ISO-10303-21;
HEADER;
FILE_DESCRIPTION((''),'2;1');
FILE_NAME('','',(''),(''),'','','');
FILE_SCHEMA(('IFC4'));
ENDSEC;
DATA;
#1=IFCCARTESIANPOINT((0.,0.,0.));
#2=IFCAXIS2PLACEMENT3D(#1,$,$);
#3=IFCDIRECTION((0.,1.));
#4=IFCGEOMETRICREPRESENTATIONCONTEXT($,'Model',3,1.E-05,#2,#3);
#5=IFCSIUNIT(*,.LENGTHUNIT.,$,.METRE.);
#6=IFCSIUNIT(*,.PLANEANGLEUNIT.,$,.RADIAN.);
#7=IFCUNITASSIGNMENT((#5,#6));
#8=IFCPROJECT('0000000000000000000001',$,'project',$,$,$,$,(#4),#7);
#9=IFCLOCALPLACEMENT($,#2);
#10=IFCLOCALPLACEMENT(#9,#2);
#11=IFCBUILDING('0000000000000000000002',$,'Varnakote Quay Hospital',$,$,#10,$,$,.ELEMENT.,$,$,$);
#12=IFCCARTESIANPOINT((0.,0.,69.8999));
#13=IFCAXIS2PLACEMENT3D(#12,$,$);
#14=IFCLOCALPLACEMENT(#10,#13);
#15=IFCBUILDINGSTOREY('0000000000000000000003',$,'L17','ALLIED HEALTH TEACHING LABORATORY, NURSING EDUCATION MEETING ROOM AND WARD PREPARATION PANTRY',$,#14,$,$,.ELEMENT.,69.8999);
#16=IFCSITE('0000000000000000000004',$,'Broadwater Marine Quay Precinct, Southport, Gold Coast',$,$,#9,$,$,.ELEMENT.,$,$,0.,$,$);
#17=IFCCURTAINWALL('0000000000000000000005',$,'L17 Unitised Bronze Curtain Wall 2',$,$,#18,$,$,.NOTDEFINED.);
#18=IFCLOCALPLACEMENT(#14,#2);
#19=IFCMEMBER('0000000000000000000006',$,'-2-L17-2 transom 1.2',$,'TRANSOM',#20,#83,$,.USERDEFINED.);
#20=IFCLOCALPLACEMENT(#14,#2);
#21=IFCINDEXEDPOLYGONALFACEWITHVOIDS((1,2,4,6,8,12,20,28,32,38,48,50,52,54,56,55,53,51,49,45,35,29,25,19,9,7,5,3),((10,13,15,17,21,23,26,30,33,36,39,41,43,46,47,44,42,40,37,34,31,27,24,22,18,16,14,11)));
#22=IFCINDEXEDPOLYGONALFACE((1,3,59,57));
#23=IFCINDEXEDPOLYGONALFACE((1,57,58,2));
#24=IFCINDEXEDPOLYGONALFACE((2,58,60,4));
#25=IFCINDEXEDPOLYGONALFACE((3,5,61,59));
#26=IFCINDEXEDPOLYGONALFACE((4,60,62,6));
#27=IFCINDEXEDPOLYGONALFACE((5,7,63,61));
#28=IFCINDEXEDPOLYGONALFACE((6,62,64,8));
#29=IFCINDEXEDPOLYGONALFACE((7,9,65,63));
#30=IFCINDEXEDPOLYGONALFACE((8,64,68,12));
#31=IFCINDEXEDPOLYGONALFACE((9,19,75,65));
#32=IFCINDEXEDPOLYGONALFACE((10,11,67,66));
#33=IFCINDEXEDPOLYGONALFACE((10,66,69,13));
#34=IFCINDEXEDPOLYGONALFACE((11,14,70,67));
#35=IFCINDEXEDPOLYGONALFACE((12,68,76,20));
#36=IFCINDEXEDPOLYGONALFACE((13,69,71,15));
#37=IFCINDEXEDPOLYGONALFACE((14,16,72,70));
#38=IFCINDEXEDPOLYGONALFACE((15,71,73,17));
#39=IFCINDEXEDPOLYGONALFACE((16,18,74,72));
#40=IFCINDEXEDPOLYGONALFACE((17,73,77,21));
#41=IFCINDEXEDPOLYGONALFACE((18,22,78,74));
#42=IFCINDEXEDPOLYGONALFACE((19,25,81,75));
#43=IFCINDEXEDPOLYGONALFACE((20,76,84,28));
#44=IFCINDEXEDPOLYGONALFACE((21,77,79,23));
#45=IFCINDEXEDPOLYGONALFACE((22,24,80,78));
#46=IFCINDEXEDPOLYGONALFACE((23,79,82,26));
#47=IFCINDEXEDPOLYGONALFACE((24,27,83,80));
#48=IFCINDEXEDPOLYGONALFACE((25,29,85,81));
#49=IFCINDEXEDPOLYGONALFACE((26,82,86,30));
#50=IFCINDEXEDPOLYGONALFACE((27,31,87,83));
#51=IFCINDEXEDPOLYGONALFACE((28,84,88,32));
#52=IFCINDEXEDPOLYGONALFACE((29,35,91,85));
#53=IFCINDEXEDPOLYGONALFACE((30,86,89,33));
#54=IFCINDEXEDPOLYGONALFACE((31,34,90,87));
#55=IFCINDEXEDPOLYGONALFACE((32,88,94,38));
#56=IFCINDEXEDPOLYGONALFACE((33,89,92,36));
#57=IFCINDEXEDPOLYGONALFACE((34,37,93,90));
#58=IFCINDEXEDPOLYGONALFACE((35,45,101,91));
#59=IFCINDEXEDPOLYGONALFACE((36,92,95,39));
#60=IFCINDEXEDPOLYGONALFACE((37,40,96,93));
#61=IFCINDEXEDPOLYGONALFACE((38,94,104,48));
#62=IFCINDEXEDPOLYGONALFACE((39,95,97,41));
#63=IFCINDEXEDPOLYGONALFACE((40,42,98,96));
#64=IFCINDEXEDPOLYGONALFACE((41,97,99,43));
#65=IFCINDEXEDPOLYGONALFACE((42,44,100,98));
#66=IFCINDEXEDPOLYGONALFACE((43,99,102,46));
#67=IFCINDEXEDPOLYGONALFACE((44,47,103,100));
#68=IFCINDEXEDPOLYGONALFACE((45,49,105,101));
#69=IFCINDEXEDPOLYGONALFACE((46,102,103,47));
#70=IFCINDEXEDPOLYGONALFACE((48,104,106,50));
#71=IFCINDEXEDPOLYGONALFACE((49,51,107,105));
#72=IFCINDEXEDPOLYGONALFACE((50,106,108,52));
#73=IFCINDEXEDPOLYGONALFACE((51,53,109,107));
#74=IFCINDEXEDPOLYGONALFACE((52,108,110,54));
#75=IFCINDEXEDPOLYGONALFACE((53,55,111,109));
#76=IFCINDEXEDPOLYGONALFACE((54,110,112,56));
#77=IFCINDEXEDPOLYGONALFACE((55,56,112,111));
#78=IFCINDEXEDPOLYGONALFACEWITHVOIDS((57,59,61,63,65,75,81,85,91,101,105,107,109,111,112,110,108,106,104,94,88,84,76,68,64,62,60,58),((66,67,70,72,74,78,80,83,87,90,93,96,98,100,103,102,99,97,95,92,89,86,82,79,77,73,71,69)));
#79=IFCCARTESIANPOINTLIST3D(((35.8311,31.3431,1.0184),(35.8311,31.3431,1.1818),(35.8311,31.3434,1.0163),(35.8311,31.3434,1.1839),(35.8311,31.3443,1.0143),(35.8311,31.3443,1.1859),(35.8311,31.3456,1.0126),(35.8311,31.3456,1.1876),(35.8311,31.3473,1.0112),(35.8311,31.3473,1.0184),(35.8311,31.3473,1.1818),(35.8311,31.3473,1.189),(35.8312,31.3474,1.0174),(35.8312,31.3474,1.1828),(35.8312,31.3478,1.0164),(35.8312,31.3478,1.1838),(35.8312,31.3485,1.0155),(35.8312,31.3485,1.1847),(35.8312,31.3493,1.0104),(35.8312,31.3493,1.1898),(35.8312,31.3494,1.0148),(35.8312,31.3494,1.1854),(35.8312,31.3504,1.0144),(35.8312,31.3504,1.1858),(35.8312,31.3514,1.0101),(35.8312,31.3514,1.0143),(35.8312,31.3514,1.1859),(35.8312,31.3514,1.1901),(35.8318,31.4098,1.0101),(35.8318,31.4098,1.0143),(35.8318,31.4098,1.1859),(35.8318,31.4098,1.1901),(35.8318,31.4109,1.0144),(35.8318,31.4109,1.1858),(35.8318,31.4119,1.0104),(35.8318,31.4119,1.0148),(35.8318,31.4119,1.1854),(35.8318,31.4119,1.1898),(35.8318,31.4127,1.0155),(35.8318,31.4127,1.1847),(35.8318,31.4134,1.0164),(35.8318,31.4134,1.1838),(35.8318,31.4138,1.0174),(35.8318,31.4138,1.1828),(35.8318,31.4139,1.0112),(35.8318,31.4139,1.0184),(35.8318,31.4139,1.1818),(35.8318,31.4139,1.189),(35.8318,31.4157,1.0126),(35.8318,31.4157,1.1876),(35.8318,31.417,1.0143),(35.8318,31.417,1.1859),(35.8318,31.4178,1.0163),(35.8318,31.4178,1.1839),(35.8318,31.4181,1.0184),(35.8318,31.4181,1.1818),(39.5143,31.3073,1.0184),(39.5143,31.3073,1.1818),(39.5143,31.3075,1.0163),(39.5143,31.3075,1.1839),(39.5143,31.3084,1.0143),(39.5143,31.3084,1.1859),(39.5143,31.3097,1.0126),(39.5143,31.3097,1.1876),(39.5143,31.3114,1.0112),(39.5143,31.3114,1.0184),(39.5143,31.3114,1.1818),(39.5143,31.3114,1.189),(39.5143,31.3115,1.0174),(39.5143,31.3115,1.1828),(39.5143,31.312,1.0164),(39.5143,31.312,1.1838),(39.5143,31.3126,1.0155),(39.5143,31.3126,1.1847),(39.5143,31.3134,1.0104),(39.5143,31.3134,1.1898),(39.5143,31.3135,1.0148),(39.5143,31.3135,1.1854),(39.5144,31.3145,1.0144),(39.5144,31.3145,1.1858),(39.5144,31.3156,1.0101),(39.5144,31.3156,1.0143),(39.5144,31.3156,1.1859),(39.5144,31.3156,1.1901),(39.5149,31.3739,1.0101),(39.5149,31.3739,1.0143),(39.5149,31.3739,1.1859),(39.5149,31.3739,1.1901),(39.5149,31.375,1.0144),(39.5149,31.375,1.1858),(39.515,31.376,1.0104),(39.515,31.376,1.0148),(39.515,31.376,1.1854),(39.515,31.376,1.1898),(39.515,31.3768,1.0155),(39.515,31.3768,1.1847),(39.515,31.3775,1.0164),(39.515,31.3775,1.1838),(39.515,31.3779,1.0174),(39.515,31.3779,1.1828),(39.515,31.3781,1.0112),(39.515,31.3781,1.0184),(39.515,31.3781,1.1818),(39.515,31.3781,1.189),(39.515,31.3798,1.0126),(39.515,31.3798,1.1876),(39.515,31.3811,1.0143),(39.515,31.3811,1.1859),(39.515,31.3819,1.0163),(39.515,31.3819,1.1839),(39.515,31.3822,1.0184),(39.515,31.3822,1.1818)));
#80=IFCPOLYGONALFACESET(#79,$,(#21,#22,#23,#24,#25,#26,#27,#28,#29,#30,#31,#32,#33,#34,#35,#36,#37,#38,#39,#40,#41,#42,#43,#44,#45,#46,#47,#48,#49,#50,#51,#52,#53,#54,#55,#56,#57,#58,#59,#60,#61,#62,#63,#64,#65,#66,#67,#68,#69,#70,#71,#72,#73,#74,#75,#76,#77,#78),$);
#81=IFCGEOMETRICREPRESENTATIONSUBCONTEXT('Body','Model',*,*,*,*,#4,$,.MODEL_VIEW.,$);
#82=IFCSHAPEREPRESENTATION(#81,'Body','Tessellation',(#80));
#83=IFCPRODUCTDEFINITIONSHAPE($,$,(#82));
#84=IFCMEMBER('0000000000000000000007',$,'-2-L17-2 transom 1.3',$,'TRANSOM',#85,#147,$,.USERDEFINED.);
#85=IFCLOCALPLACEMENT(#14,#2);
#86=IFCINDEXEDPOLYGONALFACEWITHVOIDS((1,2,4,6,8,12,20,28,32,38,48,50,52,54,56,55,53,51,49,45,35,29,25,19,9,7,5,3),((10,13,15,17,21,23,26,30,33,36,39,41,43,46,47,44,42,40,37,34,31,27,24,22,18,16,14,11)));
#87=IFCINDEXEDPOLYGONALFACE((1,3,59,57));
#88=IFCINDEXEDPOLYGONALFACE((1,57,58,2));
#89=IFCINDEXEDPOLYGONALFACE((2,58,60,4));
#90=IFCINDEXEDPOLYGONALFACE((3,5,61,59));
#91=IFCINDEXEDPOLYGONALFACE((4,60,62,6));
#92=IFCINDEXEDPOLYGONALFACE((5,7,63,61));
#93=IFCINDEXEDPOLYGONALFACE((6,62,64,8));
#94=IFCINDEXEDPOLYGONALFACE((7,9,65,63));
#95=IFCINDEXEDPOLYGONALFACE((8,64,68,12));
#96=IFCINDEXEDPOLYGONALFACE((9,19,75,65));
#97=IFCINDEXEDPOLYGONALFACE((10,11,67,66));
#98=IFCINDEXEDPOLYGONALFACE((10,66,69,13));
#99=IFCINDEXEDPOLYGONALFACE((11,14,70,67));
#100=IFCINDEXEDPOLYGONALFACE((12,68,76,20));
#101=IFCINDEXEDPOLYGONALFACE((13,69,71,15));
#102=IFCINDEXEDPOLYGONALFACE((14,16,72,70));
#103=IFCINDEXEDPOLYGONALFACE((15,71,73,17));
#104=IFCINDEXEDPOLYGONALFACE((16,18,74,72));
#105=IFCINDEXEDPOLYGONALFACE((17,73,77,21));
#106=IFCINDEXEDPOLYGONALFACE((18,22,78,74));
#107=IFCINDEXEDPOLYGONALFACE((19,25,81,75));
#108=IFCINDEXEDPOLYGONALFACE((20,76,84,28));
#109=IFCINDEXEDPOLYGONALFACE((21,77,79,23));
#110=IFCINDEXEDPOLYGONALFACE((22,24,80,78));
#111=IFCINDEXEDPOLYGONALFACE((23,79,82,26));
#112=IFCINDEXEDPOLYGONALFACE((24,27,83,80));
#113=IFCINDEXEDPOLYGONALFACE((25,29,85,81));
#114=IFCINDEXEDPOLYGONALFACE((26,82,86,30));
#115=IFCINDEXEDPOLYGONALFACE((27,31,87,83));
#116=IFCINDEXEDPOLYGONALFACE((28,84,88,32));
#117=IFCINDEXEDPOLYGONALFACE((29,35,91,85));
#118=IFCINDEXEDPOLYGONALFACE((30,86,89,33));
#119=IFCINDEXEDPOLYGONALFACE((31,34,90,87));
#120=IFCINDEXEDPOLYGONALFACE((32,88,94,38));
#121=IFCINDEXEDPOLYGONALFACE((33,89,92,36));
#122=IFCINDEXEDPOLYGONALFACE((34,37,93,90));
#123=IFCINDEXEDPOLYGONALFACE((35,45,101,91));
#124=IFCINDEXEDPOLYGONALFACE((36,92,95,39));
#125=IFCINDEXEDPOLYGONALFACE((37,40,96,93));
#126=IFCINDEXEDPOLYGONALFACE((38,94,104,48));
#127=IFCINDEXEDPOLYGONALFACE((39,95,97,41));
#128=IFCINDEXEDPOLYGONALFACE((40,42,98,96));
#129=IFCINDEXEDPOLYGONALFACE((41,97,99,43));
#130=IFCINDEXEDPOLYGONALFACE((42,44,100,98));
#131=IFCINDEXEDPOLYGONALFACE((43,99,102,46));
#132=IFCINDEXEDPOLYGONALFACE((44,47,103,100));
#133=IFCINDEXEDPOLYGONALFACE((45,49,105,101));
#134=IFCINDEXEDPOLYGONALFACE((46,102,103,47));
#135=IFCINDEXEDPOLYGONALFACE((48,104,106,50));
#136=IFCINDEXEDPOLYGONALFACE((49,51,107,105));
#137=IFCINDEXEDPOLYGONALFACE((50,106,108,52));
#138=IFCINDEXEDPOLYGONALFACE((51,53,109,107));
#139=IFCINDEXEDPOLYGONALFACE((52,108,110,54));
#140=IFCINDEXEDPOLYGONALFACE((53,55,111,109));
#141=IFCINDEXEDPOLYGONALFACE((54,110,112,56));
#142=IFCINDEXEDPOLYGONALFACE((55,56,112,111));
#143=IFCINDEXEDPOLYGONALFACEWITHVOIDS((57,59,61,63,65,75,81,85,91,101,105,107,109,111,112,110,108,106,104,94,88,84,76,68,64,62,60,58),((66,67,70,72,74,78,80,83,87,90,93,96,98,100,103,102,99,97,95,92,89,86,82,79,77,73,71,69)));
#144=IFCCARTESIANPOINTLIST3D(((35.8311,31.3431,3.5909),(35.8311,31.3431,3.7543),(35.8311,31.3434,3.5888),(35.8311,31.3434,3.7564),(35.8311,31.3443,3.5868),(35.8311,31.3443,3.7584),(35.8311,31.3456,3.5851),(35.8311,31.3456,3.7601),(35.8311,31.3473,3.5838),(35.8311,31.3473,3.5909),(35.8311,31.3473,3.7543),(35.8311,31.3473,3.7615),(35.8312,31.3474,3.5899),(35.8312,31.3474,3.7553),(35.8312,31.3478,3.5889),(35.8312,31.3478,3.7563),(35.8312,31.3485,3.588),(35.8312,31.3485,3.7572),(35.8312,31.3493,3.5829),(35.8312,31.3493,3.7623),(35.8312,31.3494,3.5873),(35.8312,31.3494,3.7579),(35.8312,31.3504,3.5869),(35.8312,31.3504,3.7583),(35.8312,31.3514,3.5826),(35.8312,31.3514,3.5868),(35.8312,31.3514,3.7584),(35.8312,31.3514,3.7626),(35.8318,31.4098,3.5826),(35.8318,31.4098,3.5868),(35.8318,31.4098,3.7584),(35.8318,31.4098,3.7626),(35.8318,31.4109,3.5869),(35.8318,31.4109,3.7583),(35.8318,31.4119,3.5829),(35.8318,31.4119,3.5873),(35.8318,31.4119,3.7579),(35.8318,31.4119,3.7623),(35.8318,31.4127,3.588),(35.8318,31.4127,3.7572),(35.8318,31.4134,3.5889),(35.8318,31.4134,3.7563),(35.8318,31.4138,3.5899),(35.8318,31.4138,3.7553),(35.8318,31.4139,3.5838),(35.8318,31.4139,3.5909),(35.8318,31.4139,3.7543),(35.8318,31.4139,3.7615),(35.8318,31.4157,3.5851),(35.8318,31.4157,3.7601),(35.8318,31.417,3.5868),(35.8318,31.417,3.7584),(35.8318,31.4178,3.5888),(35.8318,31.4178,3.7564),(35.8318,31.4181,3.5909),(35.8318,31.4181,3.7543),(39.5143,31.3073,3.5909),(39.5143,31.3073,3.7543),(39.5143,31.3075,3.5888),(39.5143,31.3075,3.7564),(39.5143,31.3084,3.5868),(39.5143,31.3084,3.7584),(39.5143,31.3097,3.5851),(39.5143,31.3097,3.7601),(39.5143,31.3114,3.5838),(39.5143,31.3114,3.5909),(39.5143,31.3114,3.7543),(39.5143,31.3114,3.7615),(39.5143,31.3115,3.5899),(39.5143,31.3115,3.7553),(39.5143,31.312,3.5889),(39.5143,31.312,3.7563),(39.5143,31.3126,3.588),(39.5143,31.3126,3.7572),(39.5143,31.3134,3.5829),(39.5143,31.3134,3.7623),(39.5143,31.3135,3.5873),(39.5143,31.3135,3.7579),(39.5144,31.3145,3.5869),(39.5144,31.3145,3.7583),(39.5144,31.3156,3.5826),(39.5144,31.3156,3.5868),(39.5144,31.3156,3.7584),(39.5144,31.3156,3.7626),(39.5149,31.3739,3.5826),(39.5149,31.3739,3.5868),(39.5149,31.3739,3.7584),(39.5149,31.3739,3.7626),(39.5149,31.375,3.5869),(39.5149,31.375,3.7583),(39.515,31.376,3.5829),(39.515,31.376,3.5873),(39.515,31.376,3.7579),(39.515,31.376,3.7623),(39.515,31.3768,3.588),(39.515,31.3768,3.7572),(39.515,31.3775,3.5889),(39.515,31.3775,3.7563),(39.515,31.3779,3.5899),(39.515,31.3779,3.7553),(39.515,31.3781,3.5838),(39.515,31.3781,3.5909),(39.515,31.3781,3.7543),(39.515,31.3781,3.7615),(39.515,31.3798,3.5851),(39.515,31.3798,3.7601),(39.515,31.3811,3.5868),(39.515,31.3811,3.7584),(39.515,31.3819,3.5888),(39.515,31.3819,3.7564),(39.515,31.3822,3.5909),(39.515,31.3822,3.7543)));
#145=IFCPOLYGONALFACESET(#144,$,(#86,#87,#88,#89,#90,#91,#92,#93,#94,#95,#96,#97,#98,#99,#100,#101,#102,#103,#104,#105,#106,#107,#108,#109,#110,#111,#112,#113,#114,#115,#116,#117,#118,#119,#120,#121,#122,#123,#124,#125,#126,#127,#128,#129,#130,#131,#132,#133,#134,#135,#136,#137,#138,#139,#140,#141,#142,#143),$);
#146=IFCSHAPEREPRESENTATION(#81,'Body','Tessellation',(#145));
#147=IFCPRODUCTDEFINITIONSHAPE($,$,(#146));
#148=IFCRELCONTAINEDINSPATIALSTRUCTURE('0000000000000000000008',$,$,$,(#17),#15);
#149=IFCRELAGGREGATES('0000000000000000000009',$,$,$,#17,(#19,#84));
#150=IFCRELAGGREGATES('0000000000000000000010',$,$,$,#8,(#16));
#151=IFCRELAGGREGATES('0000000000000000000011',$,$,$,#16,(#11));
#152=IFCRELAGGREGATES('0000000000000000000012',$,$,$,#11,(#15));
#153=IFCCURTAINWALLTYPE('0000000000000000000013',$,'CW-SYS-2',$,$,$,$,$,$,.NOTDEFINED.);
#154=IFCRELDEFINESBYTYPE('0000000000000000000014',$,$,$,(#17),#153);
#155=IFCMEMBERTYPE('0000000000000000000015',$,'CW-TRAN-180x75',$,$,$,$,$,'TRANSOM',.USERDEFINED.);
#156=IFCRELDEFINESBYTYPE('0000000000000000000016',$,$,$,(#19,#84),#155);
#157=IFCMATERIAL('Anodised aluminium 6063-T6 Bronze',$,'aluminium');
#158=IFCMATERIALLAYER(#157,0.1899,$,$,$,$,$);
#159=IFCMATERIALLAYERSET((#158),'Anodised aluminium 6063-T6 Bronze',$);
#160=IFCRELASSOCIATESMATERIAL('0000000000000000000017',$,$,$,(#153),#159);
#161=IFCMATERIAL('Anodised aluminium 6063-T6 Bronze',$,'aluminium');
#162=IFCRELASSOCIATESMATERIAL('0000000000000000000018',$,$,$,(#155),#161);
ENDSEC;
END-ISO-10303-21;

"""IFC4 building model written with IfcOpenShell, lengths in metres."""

from ifc_helpers import new_model, si_unit, direction, frame, origin, origin_2d, place, context, subcontext, project, spatial, hollow_rectangle, extrude, material, layer, layer_set, material_profile, profile_set, type_object, element, aggregate, save


model = new_model("IFC4")

# Units and contexts
model_context = context("Model", 3, precision=1e-05, world=origin(), true_north=direction((0.0, 1.0)))
body_context = subcontext(model_context, "Body", "Model", "MODEL_VIEW")
ifc_project = project(units=[si_unit("LENGTHUNIT", "METRE"), si_unit("PLANEANGLEUNIT", "RADIAN")], contexts=[model_context])

# Site, building, storey
site_placement = place(None, origin())
site = spatial("IfcSite", under=ifc_project, at=site_placement, Name="Broadwater Marine Quay Precinct, Southport, Gold Coast", CompositionType="ELEMENT", RefElevation=0.0)
building_placement = place(site_placement, origin())
building = spatial("IfcBuilding", under=site, at=building_placement, Name="Varnakote Quay Hospital", CompositionType="ELEMENT")
storey_placement = place(building_placement, frame((0.0, 0.0, 69.8999)))
storey = spatial("IfcBuildingStorey", under=building, at=storey_placement, Name="L17", Description="ALLIED HEALTH TEACHING LABORATORY, NURSING EDUCATION MEETING ROOM AND WARD PREPARATION PANTRY", CompositionType="ELEMENT", Elevation=69.8999)

# Shared definitions
ifc_material_1 = material(Name="Anodised aluminium 6063-T6 Bronze", Category="aluminium")
ifc_layer_1 = layer(ifc_material_1, 0.1899)
ifc_layer_set_1 = layer_set([ifc_layer_1], Name="Anodised aluminium 6063-T6 Bronze")
curtain_wall_type = type_object("IfcCurtainWallType", Name="CW-SYS-2", PredefinedType="NOTDEFINED", material=ifc_layer_set_1)

# Curtain wall, members
curtain_wall_1_placement = place(storey_placement, origin())
curtain_wall_1 = element("IfcCurtainWall", 1, at=curtain_wall_1_placement, inside=storey, type_object=curtain_wall_type, Name="L17 Unitised Bronze Curtain Wall 2", PredefinedType="NOTDEFINED")
ifc_material_2 = material(Name="Anodised aluminium 6063-T6 Bronze", Category="aluminium")
ifc_material_profile_1 = material_profile(ifc_material_2, hollow_rectangle(XDim=0.075, YDim=0.1799, WallThickness=0.0042, InnerFilletRadius=0.0042, OuterFilletRadius=0.0083, at=origin_2d()), Name="CW-TRAN-180x75")
ifc_profile_set_1 = profile_set([ifc_material_profile_1], Name="Anodised aluminium 6063-T6 Bronze")
member_type_1 = type_object("IfcMemberType", Name="CW-TRAN-180x75", ElementType="TRANSOM", PredefinedType="USERDEFINED", material=ifc_profile_set_1)
member_1_placement = place(storey_placement, frame((39.5146, 31.3447, 1.1001), z_axis=(-0.999953, 0.009744, 0.0), x_axis=(-0.009744, -0.999953, 0.0)))
member_1 = element("IfcMember", 2, at=member_1_placement, type_object=member_type_1, Name="-2-L17-2 transom 1.2", ObjectType="TRANSOM", PredefinedType="USERDEFINED", context=body_context, shape_type="SweptSolid", body=[
    extrude(hollow_rectangle(XDim=0.075, YDim=0.1799, WallThickness=0.0042, InnerFilletRadius=0.0042, OuterFilletRadius=0.0083, at=origin_2d()), origin(), (0.0, 0.0, 1.0), 3.6833),
])
member_2_placement = place(storey_placement, frame((39.5146, 31.3447, 3.6726), z_axis=(-0.999953, 0.009744, 0.0), x_axis=(-0.009744, -0.999953, 0.0)))
member_2 = element("IfcMember", 3, at=member_2_placement, type_object=member_type_1, Name="-2-L17-2 transom 1.3", ObjectType="TRANSOM", PredefinedType="USERDEFINED", context=body_context, shape_type="SweptSolid", body=[
    extrude(hollow_rectangle(XDim=0.075, YDim=0.1799, WallThickness=0.0042, InnerFilletRadius=0.0042, OuterFilletRadius=0.0083, at=origin_2d()), origin(), (0.0, 0.0, 1.0), 3.6833),
])

aggregate(curtain_wall_1, [member_1, member_2])

save(model, "model.ifc")
